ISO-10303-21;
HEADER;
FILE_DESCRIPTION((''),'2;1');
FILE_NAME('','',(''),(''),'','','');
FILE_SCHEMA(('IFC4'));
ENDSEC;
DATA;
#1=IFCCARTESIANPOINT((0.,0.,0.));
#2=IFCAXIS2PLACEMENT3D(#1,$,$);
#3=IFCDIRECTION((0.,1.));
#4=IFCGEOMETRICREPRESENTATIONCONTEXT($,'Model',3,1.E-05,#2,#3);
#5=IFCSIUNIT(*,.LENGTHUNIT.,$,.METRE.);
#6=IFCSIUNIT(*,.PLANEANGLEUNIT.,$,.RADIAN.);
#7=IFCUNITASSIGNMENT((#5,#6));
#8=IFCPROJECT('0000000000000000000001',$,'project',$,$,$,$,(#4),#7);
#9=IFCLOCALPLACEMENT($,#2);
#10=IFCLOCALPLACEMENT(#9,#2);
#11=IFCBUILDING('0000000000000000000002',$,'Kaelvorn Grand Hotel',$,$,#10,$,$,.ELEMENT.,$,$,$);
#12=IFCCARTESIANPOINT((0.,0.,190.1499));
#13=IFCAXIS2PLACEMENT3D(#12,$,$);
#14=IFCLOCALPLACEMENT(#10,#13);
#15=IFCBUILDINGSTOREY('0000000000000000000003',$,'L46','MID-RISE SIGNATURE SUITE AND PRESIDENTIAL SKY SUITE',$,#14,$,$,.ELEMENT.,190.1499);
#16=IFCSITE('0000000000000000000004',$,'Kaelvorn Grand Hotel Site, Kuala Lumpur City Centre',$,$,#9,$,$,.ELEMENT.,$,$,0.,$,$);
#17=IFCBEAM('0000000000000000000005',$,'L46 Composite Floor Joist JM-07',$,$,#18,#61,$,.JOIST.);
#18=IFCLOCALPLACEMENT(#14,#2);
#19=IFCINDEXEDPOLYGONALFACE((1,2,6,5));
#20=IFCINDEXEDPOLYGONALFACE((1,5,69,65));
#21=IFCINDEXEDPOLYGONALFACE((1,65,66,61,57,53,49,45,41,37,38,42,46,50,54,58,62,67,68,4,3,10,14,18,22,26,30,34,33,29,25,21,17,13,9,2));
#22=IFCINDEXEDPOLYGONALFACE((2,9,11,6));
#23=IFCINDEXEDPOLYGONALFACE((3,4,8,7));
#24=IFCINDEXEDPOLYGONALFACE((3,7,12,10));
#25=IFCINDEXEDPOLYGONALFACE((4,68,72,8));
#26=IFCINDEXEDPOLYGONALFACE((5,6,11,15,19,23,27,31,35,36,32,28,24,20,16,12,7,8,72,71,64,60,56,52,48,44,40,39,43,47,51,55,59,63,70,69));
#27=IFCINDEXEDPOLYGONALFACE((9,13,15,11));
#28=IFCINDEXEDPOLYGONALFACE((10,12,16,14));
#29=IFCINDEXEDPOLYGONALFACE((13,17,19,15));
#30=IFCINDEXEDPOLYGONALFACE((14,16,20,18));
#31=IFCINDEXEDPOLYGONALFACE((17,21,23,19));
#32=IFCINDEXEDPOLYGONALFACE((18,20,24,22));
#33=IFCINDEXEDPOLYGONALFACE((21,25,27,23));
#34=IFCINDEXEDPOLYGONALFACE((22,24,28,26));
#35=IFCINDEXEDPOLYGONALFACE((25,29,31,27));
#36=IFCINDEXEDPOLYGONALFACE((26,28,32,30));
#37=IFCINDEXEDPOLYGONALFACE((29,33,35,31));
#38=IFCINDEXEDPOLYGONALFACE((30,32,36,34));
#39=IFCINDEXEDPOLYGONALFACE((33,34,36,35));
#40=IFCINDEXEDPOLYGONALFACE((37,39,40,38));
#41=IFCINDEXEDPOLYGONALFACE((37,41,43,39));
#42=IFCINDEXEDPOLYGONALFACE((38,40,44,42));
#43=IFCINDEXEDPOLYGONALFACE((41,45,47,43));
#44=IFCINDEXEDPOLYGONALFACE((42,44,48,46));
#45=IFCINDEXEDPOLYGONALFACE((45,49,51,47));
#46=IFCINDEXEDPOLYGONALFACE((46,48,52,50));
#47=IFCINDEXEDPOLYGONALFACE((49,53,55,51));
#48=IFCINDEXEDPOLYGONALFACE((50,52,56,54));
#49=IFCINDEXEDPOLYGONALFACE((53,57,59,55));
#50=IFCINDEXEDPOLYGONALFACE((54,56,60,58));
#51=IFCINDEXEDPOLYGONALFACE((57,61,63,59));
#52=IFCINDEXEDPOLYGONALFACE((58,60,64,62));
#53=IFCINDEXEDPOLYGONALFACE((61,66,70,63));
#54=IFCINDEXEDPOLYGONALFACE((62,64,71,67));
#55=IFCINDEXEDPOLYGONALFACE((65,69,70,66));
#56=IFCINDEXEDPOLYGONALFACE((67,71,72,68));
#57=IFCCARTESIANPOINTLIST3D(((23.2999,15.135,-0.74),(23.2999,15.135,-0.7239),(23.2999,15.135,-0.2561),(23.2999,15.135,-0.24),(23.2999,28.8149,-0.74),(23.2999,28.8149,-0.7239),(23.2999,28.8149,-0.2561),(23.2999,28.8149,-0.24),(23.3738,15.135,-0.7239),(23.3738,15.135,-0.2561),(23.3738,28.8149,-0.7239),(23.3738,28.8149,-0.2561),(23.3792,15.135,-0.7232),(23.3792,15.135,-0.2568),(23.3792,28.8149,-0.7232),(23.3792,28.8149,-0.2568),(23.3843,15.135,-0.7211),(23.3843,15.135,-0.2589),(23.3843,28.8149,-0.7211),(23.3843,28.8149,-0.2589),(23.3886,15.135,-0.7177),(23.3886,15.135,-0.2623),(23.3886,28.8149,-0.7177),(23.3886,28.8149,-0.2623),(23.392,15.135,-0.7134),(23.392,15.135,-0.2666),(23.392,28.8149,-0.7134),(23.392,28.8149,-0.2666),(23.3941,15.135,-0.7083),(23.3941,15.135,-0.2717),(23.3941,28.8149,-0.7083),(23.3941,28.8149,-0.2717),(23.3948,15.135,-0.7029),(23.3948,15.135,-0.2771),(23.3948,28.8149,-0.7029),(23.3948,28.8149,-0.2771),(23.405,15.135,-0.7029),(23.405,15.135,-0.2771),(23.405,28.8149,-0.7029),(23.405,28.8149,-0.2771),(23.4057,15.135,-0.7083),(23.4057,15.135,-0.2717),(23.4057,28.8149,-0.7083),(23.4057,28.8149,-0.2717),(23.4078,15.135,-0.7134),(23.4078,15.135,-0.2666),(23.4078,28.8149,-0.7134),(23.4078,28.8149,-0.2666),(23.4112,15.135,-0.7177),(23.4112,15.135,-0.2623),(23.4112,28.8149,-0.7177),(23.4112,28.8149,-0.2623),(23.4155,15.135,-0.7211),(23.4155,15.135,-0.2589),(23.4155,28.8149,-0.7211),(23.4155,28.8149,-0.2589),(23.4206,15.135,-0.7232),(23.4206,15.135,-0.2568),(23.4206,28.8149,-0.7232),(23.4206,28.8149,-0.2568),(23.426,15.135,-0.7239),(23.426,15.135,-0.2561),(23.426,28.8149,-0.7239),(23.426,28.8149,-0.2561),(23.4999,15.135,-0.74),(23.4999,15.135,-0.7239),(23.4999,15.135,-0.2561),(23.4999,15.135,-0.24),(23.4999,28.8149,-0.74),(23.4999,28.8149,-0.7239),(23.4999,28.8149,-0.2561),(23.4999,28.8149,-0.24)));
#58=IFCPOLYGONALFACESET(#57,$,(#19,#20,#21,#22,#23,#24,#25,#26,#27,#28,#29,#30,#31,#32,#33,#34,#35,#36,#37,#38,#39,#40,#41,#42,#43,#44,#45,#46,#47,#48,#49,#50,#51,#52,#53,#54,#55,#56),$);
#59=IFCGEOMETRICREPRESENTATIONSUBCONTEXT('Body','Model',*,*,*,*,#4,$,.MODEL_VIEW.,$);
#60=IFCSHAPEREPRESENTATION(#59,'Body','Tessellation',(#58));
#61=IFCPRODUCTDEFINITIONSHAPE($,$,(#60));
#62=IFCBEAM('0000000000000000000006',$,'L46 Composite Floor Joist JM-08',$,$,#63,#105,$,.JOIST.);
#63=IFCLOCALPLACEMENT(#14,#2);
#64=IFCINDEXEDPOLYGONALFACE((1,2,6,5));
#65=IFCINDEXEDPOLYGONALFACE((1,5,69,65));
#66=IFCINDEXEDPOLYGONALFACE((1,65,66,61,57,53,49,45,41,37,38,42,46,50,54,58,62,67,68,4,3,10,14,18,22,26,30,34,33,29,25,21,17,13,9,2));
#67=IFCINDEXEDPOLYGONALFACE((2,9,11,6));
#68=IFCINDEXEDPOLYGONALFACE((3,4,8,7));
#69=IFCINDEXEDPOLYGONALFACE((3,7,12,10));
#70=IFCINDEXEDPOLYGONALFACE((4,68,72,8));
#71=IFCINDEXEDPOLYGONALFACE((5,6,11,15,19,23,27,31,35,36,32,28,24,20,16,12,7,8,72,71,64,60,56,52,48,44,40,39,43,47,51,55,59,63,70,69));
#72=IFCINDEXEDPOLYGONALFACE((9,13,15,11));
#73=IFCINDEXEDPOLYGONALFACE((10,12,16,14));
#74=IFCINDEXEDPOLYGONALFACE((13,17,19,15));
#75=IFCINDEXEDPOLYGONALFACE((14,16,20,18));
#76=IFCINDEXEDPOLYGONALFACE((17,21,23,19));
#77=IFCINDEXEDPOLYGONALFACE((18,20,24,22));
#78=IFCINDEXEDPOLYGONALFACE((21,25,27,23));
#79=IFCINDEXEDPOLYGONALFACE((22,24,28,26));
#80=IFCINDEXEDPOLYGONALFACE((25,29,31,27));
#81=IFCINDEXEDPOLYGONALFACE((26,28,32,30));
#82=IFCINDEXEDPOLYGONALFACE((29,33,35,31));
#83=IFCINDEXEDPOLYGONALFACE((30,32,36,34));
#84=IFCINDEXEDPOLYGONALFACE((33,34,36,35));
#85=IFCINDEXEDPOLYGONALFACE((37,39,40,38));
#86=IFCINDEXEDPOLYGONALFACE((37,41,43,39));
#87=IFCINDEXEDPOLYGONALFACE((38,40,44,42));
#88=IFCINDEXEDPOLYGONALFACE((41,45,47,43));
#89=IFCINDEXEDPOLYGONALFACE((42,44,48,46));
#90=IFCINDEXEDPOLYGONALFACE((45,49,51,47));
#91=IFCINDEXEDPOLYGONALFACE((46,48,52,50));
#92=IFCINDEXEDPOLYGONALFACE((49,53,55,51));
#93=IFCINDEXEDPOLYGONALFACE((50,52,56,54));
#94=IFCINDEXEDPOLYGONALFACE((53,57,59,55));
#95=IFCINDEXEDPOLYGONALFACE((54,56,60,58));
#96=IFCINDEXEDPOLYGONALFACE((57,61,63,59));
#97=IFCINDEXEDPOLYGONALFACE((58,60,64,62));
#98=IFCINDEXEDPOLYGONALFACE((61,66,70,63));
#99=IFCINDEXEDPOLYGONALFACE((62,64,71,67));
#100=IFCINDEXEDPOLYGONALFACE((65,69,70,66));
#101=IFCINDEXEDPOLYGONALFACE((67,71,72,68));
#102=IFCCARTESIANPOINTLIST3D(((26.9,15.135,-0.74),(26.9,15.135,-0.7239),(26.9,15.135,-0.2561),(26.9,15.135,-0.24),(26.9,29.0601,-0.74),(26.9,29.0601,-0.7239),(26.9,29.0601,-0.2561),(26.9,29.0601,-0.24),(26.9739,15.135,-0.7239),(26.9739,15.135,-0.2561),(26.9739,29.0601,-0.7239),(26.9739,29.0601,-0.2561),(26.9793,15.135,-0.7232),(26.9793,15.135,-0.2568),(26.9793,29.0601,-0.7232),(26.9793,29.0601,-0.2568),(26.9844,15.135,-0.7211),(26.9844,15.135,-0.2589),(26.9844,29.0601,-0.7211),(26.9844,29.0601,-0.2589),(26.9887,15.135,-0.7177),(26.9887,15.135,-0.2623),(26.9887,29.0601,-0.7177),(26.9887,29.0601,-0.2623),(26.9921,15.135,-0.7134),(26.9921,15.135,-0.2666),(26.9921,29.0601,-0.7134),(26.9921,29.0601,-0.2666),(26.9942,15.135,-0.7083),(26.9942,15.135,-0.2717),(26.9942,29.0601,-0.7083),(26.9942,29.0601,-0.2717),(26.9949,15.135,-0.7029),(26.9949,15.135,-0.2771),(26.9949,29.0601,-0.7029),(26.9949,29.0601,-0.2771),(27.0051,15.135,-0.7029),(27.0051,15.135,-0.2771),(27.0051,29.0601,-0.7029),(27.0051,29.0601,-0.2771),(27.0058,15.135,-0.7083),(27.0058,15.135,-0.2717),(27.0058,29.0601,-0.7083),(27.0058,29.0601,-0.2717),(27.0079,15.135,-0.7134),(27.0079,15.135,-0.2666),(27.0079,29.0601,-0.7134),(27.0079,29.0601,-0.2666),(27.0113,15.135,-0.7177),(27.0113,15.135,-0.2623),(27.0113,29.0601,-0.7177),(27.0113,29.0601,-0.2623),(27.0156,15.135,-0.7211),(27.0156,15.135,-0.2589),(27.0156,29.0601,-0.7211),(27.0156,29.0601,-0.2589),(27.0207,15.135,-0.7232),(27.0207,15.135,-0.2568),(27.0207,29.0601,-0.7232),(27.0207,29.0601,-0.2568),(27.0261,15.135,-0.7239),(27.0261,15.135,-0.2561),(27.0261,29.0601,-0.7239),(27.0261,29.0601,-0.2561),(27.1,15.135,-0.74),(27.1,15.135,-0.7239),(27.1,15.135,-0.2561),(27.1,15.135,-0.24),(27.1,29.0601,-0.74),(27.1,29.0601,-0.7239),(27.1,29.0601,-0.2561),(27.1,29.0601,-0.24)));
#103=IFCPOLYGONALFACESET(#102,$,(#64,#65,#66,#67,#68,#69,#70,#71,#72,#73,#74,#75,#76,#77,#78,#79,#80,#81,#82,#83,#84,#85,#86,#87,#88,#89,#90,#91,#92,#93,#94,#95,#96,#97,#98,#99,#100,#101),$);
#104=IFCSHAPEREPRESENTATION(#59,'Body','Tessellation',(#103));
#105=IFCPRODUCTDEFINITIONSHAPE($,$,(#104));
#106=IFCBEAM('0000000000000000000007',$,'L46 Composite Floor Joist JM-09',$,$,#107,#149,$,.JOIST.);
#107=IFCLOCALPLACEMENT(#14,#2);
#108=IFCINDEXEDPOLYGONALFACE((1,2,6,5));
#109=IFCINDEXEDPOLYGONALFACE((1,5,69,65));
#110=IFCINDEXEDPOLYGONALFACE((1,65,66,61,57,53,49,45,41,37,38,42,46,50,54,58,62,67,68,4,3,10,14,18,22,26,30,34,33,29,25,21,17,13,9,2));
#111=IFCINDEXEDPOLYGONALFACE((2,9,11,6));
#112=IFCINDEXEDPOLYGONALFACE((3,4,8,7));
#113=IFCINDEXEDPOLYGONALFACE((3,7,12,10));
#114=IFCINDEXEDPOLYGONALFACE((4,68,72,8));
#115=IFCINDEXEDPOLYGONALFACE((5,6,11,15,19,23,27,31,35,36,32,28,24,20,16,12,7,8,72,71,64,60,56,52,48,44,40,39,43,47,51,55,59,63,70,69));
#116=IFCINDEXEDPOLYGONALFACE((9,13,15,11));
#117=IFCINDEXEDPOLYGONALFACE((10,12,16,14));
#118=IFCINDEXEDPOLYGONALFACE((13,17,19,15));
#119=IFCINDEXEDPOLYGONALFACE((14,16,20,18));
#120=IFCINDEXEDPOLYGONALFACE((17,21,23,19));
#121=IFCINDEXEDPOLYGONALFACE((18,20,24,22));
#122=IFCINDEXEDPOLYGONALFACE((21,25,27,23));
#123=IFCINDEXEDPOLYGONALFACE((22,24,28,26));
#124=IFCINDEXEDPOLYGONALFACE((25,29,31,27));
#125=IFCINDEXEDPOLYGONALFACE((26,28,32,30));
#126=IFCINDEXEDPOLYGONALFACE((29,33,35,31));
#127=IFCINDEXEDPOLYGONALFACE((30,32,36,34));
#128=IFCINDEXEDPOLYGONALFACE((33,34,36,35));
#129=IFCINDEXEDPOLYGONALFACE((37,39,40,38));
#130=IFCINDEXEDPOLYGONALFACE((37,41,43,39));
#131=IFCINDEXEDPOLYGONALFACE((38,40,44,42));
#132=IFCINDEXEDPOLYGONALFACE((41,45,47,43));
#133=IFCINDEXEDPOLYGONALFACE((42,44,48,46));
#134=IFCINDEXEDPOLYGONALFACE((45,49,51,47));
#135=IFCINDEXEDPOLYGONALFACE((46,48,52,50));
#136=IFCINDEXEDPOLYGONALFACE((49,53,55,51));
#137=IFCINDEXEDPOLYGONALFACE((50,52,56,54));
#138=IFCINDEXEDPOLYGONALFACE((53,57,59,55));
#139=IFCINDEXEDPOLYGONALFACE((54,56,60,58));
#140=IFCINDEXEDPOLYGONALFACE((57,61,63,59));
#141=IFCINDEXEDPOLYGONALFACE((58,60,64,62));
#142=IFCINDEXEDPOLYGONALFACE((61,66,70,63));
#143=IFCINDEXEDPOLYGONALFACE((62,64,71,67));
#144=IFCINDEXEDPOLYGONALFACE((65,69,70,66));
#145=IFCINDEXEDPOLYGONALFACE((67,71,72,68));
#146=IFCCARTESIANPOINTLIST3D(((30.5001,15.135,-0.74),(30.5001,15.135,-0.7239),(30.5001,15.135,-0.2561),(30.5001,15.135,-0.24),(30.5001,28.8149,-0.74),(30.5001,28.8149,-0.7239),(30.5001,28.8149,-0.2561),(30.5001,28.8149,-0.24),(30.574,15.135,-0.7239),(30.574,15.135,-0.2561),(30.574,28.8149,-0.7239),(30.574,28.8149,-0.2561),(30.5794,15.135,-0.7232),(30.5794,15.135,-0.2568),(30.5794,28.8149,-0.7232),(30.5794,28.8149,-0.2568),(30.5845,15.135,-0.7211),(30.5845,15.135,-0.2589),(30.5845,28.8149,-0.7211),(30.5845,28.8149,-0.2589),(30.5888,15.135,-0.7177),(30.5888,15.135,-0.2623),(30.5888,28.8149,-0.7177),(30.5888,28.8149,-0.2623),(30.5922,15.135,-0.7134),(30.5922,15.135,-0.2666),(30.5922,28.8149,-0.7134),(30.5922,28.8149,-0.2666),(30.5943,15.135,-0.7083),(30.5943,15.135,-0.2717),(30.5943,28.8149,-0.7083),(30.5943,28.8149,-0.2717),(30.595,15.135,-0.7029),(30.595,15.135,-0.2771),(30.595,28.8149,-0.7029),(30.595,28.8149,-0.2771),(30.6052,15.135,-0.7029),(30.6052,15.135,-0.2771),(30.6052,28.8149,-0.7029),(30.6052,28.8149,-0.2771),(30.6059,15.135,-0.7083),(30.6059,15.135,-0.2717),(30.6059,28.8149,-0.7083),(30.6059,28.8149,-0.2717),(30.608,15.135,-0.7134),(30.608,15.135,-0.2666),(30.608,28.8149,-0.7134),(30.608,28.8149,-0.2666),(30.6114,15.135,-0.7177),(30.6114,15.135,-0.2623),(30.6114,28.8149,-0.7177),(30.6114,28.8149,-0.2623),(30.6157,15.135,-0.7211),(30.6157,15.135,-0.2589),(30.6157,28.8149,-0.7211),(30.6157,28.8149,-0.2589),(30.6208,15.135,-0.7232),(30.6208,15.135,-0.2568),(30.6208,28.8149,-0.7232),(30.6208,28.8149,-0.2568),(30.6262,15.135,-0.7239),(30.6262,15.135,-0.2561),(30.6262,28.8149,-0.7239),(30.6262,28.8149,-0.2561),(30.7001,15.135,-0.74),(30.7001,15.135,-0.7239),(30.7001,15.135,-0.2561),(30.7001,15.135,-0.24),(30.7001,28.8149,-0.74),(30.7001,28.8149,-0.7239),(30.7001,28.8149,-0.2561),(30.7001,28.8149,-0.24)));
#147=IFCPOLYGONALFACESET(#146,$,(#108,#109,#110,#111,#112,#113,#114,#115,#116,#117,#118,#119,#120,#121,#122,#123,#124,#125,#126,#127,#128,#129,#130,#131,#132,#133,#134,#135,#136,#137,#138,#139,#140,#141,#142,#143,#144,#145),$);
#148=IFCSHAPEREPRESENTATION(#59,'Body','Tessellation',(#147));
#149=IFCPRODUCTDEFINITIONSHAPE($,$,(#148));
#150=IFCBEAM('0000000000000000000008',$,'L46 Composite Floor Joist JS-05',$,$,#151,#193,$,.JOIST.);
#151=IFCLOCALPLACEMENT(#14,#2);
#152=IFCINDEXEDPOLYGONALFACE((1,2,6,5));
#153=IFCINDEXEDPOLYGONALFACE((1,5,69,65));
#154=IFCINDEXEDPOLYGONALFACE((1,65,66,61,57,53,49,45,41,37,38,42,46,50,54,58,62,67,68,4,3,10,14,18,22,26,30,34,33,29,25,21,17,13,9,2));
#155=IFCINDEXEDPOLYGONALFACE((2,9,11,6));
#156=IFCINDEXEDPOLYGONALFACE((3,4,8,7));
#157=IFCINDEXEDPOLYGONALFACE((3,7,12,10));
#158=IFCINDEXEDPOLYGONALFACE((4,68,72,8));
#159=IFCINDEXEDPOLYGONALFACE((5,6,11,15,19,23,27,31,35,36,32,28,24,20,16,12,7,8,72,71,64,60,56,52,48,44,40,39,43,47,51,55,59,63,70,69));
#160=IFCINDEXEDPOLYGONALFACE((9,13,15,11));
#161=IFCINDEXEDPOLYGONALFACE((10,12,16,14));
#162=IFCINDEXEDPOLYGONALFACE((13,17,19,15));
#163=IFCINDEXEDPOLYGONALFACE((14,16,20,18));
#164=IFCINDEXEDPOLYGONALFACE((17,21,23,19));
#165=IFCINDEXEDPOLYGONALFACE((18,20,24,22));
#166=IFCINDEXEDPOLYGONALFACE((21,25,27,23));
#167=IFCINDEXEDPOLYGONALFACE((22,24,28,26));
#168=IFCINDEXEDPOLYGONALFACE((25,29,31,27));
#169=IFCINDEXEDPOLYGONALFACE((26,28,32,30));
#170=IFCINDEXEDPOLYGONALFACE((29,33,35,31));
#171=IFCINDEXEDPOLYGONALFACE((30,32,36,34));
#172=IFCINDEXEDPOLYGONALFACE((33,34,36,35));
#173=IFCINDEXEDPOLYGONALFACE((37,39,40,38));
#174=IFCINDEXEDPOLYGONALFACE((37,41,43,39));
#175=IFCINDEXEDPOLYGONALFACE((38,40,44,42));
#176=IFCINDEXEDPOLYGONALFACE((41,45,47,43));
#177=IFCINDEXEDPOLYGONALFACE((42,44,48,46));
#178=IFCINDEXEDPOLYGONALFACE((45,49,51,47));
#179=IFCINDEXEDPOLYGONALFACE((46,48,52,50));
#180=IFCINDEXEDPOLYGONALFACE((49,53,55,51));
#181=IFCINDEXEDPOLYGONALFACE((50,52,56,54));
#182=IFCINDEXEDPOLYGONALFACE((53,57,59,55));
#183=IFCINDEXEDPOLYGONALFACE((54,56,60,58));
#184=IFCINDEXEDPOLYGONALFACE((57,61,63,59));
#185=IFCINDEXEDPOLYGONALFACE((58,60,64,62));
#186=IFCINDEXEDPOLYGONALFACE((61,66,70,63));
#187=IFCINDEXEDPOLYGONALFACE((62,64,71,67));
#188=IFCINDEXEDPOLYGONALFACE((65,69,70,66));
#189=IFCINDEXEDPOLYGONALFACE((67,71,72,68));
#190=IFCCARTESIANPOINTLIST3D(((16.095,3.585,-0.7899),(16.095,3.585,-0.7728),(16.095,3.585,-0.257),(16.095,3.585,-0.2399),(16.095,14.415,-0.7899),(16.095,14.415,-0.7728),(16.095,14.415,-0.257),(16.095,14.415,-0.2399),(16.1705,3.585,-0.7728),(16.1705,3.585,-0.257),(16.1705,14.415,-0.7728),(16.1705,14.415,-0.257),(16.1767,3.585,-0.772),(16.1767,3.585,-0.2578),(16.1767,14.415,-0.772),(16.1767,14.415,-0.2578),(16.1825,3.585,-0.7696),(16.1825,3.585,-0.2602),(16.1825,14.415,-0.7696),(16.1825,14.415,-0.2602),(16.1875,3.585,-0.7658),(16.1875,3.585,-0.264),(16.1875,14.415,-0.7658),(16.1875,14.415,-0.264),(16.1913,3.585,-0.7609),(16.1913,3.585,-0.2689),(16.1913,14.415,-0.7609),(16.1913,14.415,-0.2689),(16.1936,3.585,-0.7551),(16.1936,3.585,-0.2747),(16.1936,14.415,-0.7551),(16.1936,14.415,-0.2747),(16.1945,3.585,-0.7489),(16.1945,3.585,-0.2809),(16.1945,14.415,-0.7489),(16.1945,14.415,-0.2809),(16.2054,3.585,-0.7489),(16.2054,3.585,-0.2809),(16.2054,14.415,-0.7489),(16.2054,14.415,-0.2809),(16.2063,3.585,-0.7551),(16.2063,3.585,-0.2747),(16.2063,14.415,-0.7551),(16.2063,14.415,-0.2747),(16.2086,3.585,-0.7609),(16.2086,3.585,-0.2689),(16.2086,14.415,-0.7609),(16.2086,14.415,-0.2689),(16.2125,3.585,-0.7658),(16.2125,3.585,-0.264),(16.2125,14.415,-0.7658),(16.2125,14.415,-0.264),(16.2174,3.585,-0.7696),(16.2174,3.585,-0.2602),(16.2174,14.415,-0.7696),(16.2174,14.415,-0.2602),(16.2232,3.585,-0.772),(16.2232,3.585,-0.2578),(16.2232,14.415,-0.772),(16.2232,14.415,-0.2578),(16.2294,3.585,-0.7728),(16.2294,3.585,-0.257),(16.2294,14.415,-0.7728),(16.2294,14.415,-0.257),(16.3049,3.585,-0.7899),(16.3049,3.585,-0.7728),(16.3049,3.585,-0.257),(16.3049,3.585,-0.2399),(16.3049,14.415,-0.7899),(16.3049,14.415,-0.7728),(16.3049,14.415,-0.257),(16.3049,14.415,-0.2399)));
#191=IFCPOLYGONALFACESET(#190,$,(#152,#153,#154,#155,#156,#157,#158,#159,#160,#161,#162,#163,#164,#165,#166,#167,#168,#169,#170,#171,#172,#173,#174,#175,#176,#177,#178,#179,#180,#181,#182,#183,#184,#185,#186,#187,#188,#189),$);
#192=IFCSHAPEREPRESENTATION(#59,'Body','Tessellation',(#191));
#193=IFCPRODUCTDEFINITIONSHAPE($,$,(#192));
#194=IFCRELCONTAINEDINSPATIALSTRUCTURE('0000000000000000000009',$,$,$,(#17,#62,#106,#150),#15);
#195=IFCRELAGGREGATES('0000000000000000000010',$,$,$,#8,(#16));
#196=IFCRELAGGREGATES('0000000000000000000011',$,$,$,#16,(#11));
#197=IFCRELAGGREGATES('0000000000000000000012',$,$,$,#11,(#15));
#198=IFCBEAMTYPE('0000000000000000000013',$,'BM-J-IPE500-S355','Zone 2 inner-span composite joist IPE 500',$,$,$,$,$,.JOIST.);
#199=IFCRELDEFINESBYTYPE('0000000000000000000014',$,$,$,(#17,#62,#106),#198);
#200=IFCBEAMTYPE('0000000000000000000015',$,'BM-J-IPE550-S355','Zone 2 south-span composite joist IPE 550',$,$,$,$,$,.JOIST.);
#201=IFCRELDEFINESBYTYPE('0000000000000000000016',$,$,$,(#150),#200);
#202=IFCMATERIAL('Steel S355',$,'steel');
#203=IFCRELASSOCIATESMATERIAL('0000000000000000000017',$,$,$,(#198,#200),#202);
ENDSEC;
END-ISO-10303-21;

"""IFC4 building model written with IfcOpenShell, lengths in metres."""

from ifc_helpers import new_model, si_unit, direction, frame, origin, origin_2d, place, context, subcontext, project, spatial, i_section, extrude, material, material_profile, profile_set, type_object, element, save


model = new_model("IFC4")

# Units and contexts
model_context = context("Model", 3, precision=1e-05, world=origin(), true_north=direction((0.0, 1.0)))
body_context = subcontext(model_context, "Body", "Model", "MODEL_VIEW")
ifc_project = project(units=[si_unit("LENGTHUNIT", "METRE"), si_unit("PLANEANGLEUNIT", "RADIAN")], contexts=[model_context])

# Site, building, storey
site_placement = place(None, origin())
site = spatial("IfcSite", under=ifc_project, at=site_placement, Name="Kaelvorn Grand Hotel Site, Kuala Lumpur City Centre", CompositionType="ELEMENT", RefElevation=0.0)
building_placement = place(site_placement, origin())
building = spatial("IfcBuilding", under=site, at=building_placement, Name="Kaelvorn Grand Hotel", CompositionType="ELEMENT")
storey_placement = place(building_placement, frame((0.0, 0.0, 190.1499)))
storey = spatial("IfcBuildingStorey", under=building, at=storey_placement, Name="L46", Description="MID-RISE SIGNATURE SUITE AND PRESIDENTIAL SKY SUITE", CompositionType="ELEMENT", Elevation=190.1499)

# Beams
ifc_material_1 = material(Name="Steel S355", Category="steel")
ifc_material_profile_1 = material_profile(ifc_material_1, i_section(OverallWidth=0.2, OverallDepth=0.5, WebThickness=0.0103, FlangeThickness=0.0161, FilletRadius=0.021, at=origin_2d()), Name="IPE 500")
ifc_profile_set_1 = profile_set([ifc_material_profile_1], Name="Steel S355")
beam_type_1 = type_object("IfcBeamType", Name="BM-J-IPE500-S355", Description="Zone 2 inner-span composite joist IPE 500", PredefinedType="JOIST", material=ifc_profile_set_1)
beam_1_placement = place(storey_placement, frame((23.3999, 15.135, -0.49), z_axis=(0.0, 1.0, 0.0), x_axis=(-1.0, 0.0, 0.0)))
element("IfcBeam", 1, at=beam_1_placement, inside=storey, type_object=beam_type_1, Name="L46 Composite Floor Joist JM-07", PredefinedType="JOIST", context=body_context, shape_type="SweptSolid", body=[
    extrude(i_section(OverallWidth=0.2, OverallDepth=0.5, WebThickness=0.0103, FlangeThickness=0.0161, FilletRadius=0.021, at=origin_2d()), origin(), (0.0, 0.0, 1.0), 13.6799),
])
beam_2_placement = place(storey_placement, frame((27.0, 15.135, -0.49), z_axis=(0.0, 1.0, 0.0), x_axis=(-1.0, 0.0, 0.0)))
element("IfcBeam", 2, at=beam_2_placement, inside=storey, type_object=beam_type_1, Name="L46 Composite Floor Joist JM-08", PredefinedType="JOIST", context=body_context, shape_type="SweptSolid", body=[
    extrude(i_section(OverallWidth=0.2, OverallDepth=0.5, WebThickness=0.0103, FlangeThickness=0.0161, FilletRadius=0.021, at=origin_2d()), origin(), (0.0, 0.0, 1.0), 13.925),
])
beam_3_placement = place(storey_placement, frame((30.6001, 15.135, -0.49), z_axis=(0.0, 1.0, 0.0), x_axis=(-1.0, 0.0, 0.0)))
element("IfcBeam", 3, at=beam_3_placement, inside=storey, type_object=beam_type_1, Name="L46 Composite Floor Joist JM-09", PredefinedType="JOIST", context=body_context, shape_type="SweptSolid", body=[
    extrude(i_section(OverallWidth=0.2, OverallDepth=0.5, WebThickness=0.0103, FlangeThickness=0.0161, FilletRadius=0.021, at=origin_2d()), origin(), (0.0, 0.0, 1.0), 13.6799),
])
ifc_material_profile_2 = material_profile(ifc_material_1, i_section(OverallWidth=0.21, OverallDepth=0.55, WebThickness=0.011, FlangeThickness=0.0171, FilletRadius=0.0239, at=origin_2d()), Name="IPE 550")
ifc_profile_set_2 = profile_set([ifc_material_profile_2], Name="Steel S355")
beam_type_2 = type_object("IfcBeamType", Name="BM-J-IPE550-S355", Description="Zone 2 south-span composite joist IPE 550", PredefinedType="JOIST", material=ifc_profile_set_2)
beam_4_placement = place(storey_placement, frame((16.2, 3.585, -0.5149), z_axis=(0.0, 1.0, 0.0), x_axis=(-1.0, 0.0, 0.0)))
element("IfcBeam", 4, at=beam_4_placement, inside=storey, type_object=beam_type_2, Name="L46 Composite Floor Joist JS-05", PredefinedType="JOIST", context=body_context, shape_type="SweptSolid", body=[
    extrude(i_section(OverallWidth=0.21, OverallDepth=0.55, WebThickness=0.011, FlangeThickness=0.0171, FilletRadius=0.0239, at=origin_2d()), origin(), (0.0, 0.0, 1.0), 10.8301),
])

save(model, "model.ifc")
